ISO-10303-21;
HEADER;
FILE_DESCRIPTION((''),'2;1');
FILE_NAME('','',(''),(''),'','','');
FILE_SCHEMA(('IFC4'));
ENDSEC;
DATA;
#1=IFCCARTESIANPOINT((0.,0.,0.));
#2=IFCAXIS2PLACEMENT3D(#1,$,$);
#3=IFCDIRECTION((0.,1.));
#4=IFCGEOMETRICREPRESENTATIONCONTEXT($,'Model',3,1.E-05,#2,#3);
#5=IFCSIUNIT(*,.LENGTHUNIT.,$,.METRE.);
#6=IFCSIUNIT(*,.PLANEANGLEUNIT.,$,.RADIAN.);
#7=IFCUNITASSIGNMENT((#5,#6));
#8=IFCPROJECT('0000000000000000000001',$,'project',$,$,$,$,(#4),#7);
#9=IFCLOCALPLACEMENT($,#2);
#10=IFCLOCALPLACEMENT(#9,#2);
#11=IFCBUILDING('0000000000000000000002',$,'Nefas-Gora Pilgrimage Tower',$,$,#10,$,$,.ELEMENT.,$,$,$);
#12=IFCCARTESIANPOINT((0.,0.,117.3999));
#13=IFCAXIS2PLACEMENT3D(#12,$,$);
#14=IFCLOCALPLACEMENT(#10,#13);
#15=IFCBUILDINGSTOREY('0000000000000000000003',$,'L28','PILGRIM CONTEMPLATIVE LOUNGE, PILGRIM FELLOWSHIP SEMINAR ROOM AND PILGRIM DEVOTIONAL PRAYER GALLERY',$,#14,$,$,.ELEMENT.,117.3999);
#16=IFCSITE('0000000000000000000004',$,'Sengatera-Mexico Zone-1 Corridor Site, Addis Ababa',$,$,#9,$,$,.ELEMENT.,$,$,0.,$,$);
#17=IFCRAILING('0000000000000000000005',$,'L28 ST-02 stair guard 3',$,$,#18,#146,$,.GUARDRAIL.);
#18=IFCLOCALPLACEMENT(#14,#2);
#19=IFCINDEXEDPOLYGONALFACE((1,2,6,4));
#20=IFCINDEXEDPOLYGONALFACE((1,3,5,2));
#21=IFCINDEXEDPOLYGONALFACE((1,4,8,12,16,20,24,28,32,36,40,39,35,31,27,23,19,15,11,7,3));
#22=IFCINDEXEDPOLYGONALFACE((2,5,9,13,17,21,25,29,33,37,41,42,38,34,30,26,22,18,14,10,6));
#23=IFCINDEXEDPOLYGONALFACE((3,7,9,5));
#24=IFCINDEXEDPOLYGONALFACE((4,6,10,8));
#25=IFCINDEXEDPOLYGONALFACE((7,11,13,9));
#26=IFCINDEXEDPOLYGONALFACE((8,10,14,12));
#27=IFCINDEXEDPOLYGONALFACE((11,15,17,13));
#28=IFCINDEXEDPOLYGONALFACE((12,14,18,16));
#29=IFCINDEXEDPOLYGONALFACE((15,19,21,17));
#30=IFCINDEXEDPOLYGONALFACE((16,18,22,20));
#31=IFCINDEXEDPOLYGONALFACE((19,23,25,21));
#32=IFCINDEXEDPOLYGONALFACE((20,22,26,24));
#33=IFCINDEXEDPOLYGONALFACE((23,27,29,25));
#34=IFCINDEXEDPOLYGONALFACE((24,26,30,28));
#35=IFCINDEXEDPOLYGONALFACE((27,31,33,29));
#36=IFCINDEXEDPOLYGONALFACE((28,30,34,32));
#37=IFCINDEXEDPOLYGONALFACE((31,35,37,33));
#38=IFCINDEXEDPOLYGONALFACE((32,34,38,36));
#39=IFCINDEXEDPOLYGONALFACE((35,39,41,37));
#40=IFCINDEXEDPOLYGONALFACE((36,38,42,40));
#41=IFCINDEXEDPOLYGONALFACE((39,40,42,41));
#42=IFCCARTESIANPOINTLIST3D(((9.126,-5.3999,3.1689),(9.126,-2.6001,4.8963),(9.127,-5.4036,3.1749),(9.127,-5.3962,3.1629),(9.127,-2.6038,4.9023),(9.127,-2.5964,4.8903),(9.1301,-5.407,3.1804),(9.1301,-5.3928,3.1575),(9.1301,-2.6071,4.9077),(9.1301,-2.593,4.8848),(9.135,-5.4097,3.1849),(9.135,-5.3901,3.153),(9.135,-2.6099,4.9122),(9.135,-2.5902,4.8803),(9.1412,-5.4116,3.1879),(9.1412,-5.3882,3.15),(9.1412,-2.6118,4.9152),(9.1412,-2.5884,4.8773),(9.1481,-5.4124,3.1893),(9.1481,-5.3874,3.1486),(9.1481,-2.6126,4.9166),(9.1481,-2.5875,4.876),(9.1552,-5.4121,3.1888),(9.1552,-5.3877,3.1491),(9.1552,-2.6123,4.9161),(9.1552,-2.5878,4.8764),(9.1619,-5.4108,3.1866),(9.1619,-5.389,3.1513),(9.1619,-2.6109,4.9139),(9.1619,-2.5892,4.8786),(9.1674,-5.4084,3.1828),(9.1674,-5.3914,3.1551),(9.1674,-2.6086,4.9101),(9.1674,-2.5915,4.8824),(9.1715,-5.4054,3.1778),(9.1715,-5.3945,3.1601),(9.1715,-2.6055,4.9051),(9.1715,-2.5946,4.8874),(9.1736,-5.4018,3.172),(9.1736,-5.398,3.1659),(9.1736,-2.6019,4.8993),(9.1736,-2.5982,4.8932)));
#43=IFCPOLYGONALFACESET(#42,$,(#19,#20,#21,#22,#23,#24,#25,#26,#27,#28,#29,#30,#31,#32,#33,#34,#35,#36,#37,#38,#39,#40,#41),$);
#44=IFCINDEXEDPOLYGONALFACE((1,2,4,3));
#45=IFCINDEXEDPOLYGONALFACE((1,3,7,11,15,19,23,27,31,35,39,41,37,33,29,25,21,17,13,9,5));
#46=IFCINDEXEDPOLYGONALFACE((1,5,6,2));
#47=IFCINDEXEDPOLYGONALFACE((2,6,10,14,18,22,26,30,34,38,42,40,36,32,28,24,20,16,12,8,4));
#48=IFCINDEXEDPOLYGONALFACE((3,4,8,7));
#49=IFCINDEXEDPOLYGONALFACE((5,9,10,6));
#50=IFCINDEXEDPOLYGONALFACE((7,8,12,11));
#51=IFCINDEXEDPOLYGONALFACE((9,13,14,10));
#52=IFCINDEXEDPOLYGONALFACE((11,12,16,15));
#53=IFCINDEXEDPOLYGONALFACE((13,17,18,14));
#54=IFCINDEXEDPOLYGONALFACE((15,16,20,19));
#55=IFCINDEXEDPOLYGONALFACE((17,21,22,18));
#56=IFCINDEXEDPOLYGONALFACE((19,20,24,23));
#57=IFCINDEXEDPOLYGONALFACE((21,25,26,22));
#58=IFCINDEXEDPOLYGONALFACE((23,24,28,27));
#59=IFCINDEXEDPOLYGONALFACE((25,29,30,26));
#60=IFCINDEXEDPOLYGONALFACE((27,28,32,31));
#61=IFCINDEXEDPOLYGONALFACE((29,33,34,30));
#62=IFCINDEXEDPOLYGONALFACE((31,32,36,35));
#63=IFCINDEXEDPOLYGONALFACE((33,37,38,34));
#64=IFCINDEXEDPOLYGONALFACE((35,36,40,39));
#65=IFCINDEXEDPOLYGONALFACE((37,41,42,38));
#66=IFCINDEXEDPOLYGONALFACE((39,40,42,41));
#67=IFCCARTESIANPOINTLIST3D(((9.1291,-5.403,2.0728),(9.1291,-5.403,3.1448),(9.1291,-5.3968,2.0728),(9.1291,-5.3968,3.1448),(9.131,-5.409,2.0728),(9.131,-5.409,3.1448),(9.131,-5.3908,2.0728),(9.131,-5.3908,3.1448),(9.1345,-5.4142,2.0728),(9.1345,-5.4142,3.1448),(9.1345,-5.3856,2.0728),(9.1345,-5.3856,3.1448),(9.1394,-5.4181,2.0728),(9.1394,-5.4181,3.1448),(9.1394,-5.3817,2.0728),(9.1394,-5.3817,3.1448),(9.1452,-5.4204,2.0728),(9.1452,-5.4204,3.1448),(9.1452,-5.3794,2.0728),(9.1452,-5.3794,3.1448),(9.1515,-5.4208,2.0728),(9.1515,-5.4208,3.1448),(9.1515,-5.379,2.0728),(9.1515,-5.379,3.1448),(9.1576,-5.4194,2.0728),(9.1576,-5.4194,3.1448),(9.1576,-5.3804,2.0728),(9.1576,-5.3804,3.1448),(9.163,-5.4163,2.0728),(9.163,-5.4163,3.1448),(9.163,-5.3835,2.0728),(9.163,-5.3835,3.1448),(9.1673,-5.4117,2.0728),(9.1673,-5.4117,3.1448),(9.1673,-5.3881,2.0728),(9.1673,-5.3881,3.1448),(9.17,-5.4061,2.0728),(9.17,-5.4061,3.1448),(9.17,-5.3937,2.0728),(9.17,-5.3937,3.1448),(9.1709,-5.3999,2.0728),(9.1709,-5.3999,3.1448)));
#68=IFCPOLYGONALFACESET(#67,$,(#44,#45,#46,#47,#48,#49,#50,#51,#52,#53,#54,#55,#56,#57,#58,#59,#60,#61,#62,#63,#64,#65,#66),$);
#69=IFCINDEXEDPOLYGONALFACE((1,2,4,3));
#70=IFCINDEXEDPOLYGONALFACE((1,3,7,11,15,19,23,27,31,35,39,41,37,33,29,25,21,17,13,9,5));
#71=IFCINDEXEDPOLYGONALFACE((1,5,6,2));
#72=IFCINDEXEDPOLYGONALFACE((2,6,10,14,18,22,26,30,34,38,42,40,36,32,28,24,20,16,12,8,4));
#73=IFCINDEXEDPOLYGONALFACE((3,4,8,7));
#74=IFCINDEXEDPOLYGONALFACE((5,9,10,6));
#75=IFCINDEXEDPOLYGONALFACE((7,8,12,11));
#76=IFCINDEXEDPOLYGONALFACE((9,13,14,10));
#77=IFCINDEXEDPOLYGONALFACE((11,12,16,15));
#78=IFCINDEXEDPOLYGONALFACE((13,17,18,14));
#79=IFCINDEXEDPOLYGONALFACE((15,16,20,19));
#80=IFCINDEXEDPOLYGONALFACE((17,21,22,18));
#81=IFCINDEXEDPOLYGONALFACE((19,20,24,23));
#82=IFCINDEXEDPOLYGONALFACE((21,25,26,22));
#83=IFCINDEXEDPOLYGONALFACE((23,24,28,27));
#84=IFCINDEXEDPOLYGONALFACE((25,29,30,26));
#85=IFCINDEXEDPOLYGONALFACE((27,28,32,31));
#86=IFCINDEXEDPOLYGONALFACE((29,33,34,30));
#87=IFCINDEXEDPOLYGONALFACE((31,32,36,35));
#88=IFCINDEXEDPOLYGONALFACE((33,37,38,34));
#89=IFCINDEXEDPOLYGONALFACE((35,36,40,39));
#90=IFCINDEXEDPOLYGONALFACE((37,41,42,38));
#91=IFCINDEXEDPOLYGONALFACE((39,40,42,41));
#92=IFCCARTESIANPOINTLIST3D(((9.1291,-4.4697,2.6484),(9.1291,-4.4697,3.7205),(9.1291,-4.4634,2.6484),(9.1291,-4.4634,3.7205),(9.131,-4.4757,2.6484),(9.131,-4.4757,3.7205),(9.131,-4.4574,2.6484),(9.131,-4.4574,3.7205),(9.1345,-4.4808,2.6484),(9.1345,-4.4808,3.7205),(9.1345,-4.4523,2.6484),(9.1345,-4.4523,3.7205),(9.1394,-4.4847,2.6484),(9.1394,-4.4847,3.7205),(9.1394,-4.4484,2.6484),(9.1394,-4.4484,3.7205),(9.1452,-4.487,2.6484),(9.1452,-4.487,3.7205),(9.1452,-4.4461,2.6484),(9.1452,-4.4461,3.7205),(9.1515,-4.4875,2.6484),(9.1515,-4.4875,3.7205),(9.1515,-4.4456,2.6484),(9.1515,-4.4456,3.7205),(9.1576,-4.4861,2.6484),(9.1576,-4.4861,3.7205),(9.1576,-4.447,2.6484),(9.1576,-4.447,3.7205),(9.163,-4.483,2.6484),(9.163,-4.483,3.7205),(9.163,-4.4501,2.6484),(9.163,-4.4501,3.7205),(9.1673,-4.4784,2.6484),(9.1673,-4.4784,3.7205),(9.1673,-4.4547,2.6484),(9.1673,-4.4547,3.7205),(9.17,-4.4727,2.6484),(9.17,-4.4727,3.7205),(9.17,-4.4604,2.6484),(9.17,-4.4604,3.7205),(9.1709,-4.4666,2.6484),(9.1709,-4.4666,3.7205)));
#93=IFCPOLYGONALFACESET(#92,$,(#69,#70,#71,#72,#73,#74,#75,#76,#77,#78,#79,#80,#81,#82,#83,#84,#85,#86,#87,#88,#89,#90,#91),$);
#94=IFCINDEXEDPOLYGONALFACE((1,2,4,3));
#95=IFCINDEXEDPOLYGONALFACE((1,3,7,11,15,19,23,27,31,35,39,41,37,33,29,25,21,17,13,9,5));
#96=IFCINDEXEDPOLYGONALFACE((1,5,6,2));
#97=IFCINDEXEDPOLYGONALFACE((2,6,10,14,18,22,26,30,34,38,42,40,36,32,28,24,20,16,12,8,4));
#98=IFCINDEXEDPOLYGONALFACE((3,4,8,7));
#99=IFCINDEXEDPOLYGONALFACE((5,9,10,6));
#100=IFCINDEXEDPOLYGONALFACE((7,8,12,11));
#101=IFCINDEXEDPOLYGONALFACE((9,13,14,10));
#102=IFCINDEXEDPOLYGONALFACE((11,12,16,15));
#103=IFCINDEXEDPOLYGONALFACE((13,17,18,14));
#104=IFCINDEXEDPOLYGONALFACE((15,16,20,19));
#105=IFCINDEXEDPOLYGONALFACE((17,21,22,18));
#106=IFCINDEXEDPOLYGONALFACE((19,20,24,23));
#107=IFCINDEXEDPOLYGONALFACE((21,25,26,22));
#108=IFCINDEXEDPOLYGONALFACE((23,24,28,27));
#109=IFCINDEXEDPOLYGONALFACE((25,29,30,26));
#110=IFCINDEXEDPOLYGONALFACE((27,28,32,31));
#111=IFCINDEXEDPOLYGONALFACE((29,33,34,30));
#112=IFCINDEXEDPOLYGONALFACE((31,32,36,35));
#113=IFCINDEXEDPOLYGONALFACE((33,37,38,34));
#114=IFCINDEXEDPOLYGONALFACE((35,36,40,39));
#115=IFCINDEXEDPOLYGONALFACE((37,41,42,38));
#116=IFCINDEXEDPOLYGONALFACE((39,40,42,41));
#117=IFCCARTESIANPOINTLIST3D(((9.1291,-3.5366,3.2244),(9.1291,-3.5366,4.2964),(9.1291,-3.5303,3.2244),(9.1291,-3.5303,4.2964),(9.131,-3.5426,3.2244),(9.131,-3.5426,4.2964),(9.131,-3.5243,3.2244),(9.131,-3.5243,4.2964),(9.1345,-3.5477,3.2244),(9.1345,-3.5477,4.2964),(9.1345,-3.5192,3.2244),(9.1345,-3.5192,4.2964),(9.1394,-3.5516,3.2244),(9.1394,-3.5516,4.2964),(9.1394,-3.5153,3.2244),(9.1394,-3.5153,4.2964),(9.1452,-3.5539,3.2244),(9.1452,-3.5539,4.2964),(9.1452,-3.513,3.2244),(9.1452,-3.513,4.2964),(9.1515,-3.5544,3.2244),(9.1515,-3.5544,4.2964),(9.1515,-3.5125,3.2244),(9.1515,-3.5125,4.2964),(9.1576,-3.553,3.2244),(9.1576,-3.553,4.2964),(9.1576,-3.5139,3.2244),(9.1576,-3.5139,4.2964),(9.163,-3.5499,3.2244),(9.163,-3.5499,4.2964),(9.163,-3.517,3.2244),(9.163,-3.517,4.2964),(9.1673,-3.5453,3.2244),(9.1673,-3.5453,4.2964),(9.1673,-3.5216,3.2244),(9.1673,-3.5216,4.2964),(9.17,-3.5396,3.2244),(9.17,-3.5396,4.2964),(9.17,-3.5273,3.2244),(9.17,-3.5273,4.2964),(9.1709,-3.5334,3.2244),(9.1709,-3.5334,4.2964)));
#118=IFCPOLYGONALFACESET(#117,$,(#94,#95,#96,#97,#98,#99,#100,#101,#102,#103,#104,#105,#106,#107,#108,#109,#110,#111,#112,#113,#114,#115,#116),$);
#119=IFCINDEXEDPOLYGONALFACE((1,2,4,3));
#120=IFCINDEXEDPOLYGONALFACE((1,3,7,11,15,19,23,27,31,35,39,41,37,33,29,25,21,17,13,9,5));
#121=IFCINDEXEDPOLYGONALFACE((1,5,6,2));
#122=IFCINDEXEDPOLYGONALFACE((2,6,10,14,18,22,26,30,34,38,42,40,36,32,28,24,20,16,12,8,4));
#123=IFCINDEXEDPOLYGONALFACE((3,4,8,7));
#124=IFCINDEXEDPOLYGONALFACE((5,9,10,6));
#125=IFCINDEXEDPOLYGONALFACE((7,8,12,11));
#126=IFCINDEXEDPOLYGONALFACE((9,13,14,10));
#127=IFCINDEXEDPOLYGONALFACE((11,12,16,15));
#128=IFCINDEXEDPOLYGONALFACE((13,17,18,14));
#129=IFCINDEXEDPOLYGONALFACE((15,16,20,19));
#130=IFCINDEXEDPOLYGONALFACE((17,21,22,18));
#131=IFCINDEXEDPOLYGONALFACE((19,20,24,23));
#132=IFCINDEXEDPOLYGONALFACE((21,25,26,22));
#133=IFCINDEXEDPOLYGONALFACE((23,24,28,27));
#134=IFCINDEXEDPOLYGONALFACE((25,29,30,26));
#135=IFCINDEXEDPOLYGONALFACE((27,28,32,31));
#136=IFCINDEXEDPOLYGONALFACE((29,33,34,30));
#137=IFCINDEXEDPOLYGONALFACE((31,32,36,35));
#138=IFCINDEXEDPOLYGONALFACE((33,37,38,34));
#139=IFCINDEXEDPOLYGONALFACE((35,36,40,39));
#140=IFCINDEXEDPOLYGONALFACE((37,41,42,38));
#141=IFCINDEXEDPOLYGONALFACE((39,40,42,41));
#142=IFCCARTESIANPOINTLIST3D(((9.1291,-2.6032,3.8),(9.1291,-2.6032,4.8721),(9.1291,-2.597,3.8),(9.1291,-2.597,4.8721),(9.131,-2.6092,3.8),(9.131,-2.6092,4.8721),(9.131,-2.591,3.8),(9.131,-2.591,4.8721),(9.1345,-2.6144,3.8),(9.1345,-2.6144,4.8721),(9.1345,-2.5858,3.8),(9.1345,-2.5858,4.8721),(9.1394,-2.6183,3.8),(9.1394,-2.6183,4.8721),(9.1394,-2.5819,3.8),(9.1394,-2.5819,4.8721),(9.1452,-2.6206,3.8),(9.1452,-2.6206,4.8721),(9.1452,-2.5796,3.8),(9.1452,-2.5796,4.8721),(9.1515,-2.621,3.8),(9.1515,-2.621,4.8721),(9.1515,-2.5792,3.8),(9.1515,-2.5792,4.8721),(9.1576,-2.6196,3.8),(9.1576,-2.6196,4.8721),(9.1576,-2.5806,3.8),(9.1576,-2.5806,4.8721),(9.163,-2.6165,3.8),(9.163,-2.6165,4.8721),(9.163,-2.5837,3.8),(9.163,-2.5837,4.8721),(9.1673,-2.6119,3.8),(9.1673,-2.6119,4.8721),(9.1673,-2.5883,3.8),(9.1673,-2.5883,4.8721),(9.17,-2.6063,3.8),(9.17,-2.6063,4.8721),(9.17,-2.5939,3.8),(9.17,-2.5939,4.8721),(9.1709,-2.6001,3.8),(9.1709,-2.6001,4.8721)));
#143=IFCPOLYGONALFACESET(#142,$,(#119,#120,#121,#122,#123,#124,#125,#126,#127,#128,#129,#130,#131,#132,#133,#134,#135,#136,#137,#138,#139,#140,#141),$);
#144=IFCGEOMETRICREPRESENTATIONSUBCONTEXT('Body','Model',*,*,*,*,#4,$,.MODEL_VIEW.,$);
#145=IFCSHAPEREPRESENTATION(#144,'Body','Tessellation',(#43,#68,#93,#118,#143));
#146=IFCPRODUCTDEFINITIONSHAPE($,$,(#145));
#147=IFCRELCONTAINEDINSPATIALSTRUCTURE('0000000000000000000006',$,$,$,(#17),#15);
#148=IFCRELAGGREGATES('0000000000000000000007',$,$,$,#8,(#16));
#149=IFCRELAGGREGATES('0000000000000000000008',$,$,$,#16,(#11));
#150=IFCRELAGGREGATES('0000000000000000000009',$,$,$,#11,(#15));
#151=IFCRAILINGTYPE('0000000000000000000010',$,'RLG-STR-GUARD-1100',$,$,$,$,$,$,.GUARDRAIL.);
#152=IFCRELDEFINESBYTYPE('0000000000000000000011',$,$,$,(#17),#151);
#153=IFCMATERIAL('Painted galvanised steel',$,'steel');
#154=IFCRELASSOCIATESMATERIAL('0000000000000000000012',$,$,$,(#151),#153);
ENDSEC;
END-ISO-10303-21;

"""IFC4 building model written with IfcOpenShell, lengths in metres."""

from ifc_helpers import new_model, si_unit, direction, frame, origin, origin_2d, place, context, subcontext, project, spatial, circle, extrude, material, type_object, element, save


model = new_model("IFC4")

# Units and contexts
model_context = context("Model", 3, precision=1e-05, world=origin(), true_north=direction((0.0, 1.0)))
body_context = subcontext(model_context, "Body", "Model", "MODEL_VIEW")
ifc_project = project(units=[si_unit("LENGTHUNIT", "METRE"), si_unit("PLANEANGLEUNIT", "RADIAN")], contexts=[model_context])

# Site, building, storey
site_placement = place(None, origin())
site = spatial("IfcSite", under=ifc_project, at=site_placement, Name="Sengatera-Mexico Zone-1 Corridor Site, Addis Ababa", CompositionType="ELEMENT", RefElevation=0.0)
building_placement = place(site_placement, origin())
building = spatial("IfcBuilding", under=site, at=building_placement, Name="Nefas-Gora Pilgrimage Tower", CompositionType="ELEMENT")
storey_placement = place(building_placement, frame((0.0, 0.0, 117.3999)))
storey = spatial("IfcBuildingStorey", under=building, at=storey_placement, Name="L28", Description="PILGRIM CONTEMPLATIVE LOUNGE, PILGRIM FELLOWSHIP SEMINAR ROOM AND PILGRIM DEVOTIONAL PRAYER GALLERY", CompositionType="ELEMENT", Elevation=117.3999)

# Railing
ifc_material_1 = material(Name="Painted galvanised steel", Category="steel")
railing_type_1 = type_object("IfcRailingType", Name="RLG-STR-GUARD-1100", PredefinedType="GUARDRAIL", material=ifc_material_1)
railing_1_placement = place(storey_placement, frame((9.1499, -5.3999, 2.0728)))
element("IfcRailing", 1, at=railing_1_placement, inside=storey, type_object=railing_type_1, Name="L28 ST-02 stair guard 3", PredefinedType="GUARDRAIL", context=body_context, shape_type="SweptSolid", body=[
    extrude(circle(Radius=0.0239, at=origin_2d()), frame((0.0, 0.0, 1.0962), z_axis=(0.0, 0.851069, 0.525054), x_axis=(-1.0, 0.0, 0.0)), (0.0, 0.0, 1.0), 3.2898),
    extrude(circle(Radius=0.021, at=origin_2d()), origin(), (0.0, 0.0, 1.0), 1.072),
    extrude(circle(Radius=0.021, at=origin_2d()), frame((0.0, 0.9333, 0.5757)), (0.0, 0.0, 1.0), 1.072),
    extrude(circle(Radius=0.021, at=origin_2d()), frame((0.0, 1.8665, 1.1516)), (0.0, 0.0, 1.0), 1.072),
    extrude(circle(Radius=0.021, at=origin_2d()), frame((0.0, 2.7998, 1.7273)), (0.0, 0.0, 1.0), 1.072),
])

save(model, "model.ifc")
